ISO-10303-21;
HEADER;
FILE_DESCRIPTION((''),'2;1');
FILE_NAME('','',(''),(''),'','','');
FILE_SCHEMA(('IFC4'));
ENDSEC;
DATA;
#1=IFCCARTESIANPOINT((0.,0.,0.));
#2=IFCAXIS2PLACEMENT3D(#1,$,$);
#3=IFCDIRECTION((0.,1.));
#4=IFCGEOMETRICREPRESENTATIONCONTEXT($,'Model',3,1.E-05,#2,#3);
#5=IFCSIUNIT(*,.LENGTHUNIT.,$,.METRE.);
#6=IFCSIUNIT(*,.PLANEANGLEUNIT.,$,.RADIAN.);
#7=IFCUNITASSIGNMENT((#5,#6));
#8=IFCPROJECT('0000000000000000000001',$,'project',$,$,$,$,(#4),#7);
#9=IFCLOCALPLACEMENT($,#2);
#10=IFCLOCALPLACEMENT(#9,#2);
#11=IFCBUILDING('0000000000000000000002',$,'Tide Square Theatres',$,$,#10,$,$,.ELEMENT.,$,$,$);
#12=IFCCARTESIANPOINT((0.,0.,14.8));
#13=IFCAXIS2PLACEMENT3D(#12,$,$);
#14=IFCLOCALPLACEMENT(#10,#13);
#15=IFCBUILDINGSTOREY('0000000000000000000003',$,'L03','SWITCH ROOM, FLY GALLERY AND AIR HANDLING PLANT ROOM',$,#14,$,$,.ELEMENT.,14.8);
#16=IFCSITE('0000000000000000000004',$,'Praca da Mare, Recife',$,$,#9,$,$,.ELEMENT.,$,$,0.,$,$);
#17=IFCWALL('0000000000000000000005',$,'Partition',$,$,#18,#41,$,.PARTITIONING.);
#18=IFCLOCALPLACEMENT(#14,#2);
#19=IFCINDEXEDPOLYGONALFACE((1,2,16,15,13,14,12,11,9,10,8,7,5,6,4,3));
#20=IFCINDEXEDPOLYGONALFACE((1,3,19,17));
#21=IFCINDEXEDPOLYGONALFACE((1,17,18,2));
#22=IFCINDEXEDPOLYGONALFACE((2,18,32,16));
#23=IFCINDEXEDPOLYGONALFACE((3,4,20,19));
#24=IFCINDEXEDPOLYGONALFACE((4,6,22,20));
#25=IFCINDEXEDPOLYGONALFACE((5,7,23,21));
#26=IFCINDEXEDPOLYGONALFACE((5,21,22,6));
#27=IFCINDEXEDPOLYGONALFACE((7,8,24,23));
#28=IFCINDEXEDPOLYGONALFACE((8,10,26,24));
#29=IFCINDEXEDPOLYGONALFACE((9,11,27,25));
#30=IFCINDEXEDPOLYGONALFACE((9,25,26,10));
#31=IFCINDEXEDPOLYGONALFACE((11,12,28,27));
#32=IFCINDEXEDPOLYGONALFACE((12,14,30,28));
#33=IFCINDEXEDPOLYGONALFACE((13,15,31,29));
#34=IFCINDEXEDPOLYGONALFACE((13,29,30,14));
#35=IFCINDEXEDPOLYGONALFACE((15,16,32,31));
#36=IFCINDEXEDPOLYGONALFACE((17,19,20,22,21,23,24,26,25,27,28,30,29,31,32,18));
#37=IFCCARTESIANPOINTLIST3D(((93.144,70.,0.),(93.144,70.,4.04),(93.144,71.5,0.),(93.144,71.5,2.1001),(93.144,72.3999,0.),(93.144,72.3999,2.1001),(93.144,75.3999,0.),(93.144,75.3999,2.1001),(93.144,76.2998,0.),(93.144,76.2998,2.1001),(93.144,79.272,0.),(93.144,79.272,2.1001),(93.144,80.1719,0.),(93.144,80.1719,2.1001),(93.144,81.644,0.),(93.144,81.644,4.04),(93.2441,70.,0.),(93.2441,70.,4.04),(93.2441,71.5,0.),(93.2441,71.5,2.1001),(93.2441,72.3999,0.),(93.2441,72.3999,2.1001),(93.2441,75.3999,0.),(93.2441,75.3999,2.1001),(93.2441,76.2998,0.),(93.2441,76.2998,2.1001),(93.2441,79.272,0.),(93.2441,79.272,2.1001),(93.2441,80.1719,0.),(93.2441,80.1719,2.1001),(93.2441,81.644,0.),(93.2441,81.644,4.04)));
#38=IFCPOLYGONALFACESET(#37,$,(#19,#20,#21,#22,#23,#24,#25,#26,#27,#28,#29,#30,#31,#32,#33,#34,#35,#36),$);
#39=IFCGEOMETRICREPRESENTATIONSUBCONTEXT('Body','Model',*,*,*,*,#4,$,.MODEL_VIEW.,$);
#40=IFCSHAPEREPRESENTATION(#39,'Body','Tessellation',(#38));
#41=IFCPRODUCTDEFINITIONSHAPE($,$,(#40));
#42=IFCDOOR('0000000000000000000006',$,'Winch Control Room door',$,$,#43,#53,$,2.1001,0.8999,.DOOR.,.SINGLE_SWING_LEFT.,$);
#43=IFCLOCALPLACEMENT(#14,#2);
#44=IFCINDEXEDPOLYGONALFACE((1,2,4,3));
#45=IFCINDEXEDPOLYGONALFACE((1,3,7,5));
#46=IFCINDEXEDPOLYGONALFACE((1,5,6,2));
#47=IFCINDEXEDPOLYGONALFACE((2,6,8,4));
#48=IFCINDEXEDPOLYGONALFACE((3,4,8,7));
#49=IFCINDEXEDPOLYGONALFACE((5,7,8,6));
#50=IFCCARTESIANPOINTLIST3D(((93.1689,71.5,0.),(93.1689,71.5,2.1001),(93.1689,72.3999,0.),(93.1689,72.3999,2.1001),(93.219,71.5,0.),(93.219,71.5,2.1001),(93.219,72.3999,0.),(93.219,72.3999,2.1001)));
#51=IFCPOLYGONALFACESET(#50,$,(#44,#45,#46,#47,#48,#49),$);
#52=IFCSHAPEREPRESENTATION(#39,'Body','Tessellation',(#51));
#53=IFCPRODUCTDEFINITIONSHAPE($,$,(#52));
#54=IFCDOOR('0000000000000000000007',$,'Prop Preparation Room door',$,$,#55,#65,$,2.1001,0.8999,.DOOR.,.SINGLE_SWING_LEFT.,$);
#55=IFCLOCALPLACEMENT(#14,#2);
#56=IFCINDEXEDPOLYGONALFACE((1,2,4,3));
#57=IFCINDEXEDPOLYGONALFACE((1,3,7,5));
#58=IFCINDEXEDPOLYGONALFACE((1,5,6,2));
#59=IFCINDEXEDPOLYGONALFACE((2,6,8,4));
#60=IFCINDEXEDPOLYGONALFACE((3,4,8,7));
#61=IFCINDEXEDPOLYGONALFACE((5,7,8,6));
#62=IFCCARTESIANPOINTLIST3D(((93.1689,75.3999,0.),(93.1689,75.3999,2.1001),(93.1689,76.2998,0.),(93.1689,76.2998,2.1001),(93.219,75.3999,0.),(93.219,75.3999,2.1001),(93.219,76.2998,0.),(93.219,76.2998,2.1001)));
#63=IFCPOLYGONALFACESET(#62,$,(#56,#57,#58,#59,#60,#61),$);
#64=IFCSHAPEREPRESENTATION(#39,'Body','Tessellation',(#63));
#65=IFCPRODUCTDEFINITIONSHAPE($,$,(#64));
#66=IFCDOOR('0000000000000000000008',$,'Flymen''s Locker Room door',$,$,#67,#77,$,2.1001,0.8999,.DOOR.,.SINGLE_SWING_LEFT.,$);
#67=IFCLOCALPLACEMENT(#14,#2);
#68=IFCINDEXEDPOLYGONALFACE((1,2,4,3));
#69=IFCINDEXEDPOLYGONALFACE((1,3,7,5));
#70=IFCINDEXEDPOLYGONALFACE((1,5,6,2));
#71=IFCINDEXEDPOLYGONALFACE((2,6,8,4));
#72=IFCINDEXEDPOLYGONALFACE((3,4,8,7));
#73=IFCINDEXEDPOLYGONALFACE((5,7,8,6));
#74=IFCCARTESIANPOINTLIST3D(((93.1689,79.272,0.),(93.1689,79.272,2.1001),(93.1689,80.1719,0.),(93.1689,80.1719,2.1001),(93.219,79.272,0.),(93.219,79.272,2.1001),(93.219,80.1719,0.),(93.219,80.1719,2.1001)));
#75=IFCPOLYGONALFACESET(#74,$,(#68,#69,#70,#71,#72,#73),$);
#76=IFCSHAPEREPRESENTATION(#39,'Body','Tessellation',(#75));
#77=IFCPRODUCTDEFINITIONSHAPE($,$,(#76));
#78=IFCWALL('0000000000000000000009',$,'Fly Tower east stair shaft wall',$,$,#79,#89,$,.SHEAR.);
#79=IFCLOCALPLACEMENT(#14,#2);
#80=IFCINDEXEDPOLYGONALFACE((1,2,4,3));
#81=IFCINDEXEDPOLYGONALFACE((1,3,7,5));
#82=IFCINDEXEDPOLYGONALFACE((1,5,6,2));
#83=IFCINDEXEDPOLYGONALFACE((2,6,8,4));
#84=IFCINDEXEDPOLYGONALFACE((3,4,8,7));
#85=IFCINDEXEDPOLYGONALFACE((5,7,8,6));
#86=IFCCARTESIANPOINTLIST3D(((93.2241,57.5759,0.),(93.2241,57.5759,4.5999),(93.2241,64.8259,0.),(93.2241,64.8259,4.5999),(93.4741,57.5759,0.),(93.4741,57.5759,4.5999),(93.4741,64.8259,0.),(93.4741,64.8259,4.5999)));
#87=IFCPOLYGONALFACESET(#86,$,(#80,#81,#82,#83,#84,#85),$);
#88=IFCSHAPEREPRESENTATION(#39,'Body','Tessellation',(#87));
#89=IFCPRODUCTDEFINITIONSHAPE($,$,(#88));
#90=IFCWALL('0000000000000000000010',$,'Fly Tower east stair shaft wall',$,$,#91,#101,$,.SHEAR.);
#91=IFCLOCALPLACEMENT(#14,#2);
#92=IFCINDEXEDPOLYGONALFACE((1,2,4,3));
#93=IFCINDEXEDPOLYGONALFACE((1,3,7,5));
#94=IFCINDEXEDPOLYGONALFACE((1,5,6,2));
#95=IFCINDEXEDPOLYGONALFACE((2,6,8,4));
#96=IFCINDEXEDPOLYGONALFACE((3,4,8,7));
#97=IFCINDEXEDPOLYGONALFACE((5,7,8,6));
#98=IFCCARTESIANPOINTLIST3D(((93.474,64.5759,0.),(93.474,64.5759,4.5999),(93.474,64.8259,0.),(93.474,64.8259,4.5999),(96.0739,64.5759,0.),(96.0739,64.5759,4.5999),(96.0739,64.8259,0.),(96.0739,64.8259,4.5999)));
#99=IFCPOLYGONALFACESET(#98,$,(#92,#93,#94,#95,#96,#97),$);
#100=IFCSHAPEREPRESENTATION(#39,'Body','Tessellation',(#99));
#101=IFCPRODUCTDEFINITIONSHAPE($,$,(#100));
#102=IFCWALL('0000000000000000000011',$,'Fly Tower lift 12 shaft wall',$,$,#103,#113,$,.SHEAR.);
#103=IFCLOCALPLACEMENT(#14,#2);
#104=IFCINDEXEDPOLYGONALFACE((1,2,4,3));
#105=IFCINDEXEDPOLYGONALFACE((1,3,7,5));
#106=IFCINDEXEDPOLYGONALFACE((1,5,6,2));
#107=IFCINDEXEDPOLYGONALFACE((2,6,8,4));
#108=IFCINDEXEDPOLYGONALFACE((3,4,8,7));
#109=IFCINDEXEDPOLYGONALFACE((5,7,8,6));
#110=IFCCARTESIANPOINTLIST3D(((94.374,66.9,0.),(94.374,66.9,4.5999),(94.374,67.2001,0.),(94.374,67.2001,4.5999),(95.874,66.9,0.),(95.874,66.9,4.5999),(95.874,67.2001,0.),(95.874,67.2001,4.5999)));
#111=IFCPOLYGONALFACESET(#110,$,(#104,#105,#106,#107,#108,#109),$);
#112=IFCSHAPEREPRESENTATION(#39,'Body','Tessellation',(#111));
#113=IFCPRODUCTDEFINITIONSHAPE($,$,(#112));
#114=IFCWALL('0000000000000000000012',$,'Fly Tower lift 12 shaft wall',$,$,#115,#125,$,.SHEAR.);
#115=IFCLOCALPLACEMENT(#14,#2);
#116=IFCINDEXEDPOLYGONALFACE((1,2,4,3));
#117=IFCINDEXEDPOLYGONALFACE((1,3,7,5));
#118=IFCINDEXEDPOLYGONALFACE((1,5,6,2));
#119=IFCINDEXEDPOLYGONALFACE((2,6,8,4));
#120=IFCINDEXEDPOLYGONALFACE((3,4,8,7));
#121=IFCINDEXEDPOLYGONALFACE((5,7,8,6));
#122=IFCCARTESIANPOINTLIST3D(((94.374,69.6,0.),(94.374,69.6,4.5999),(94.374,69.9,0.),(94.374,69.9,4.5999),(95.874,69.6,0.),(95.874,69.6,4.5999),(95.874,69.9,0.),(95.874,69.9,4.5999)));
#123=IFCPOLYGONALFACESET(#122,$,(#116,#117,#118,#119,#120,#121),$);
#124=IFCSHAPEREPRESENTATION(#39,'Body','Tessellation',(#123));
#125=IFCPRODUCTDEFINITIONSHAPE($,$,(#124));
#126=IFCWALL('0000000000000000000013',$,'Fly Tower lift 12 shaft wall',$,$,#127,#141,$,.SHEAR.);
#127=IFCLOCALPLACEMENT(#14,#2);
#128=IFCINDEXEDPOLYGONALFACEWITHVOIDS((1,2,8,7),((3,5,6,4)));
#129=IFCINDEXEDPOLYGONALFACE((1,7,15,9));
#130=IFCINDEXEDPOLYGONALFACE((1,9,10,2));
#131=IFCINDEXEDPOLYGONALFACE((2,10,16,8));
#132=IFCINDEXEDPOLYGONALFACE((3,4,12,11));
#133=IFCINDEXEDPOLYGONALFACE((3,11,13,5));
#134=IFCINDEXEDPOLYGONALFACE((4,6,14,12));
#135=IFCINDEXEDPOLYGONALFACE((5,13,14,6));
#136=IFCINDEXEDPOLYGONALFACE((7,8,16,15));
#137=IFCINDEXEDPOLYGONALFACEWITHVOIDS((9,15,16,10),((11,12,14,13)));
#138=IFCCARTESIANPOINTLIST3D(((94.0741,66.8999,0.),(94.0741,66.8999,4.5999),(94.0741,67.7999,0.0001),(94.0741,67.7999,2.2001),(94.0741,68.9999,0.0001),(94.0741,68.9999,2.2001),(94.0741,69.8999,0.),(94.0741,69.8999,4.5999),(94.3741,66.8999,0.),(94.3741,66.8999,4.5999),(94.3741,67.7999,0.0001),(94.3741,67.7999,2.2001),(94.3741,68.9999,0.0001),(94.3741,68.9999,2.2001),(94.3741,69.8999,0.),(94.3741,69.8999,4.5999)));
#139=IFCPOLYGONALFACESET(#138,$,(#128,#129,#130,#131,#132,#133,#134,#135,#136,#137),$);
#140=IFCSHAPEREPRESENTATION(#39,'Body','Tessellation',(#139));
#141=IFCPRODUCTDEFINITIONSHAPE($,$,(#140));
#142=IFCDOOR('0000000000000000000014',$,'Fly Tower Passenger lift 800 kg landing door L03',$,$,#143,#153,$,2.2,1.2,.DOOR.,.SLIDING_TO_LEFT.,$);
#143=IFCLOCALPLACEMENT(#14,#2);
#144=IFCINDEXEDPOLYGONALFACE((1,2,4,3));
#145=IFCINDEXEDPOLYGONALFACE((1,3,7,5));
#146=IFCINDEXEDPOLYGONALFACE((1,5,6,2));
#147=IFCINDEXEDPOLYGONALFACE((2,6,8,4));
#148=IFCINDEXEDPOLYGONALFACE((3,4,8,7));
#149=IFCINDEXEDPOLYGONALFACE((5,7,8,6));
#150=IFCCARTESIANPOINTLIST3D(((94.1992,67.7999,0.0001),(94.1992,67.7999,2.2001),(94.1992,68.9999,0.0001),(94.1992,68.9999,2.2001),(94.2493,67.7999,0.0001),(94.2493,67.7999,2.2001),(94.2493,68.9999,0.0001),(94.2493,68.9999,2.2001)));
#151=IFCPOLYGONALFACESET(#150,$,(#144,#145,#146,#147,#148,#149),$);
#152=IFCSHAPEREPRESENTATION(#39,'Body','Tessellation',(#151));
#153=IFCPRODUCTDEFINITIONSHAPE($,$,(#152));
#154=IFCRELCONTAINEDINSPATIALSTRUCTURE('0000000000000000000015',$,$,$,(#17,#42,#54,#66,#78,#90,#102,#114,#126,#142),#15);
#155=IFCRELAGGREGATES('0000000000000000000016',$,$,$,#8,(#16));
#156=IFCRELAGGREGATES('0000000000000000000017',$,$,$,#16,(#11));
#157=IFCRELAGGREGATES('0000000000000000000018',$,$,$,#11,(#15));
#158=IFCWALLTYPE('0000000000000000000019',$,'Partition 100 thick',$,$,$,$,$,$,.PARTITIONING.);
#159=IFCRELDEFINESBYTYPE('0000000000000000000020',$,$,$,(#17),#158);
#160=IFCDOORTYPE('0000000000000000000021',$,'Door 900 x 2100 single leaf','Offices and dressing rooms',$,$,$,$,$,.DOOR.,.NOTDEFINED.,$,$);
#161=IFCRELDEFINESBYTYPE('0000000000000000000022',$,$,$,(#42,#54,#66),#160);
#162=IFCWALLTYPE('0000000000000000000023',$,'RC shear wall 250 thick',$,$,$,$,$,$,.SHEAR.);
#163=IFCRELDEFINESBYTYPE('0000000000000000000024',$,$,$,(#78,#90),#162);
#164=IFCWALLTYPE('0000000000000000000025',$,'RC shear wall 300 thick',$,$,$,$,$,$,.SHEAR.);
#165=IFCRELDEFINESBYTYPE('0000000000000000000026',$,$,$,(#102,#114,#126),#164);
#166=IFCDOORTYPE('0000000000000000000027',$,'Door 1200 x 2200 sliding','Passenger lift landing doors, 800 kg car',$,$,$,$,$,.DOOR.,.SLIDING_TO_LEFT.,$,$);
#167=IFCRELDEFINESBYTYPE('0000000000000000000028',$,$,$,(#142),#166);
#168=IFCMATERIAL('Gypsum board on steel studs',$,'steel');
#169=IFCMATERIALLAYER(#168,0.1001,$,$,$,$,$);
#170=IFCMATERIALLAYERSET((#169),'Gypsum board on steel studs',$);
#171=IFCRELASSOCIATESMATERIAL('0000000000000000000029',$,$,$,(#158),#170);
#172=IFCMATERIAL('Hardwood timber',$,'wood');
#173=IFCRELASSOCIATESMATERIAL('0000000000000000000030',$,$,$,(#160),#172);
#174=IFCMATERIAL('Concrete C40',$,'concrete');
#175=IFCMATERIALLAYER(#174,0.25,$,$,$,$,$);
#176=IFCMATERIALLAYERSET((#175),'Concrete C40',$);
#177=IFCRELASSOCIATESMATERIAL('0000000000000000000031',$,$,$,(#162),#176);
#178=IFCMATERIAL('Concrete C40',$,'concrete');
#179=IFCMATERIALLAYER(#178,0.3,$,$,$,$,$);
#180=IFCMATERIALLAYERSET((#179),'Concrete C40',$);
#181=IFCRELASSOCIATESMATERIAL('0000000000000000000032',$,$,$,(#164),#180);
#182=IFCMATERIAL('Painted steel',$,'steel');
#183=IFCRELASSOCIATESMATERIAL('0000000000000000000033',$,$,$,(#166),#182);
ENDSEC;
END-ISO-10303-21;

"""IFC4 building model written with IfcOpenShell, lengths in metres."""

from ifc_helpers import new_model, si_unit, direction, frame, frame_2d, origin, place, context, subcontext, project, spatial, rectangle, extrude, material, layer, layer_set, type_object, element, fill, save


model = new_model("IFC4")

# Units and contexts
model_context = context("Model", 3, precision=1e-05, world=origin(), true_north=direction((0.0, 1.0)))
body_context = subcontext(model_context, "Body", "Model", "MODEL_VIEW")
ifc_project = project(units=[si_unit("LENGTHUNIT", "METRE"), si_unit("PLANEANGLEUNIT", "RADIAN")], contexts=[model_context])

# Site, building, storey
site_placement = place(None, origin())
site = spatial("IfcSite", under=ifc_project, at=site_placement, Name="Praca da Mare, Recife", CompositionType="ELEMENT", RefElevation=0.0)
building_placement = place(site_placement, origin())
building = spatial("IfcBuilding", under=site, at=building_placement, Name="Tide Square Theatres", CompositionType="ELEMENT")
storey_placement = place(building_placement, frame((0.0, 0.0, 14.8)))
storey = spatial("IfcBuildingStorey", under=building, at=storey_placement, Name="L03", Description="SWITCH ROOM, FLY GALLERY AND AIR HANDLING PLANT ROOM", CompositionType="ELEMENT", Elevation=14.8)

# Wall, openings, doors
ifc_material_1 = material(Name="Gypsum board on steel studs", Category="steel")
ifc_layer_1 = layer(ifc_material_1, 0.1001)
ifc_layer_set_1 = layer_set([ifc_layer_1], Name="Gypsum board on steel studs")
wall_type_1 = type_object("IfcWallType", Name="Partition 100 thick", PredefinedType="PARTITIONING", material=ifc_layer_set_1)
wall_1_placement = place(storey_placement, frame((93.1941, 70.0, 0.0), z_axis=(0.0, 0.0, 1.0), x_axis=(0.0, 1.0, 0.0)))
wall_1 = element("IfcWall", 1, at=wall_1_placement, inside=storey, type_object=wall_type_1, Name="Partition", PredefinedType="PARTITIONING", context=body_context, shape_type="SweptSolid", body=[
    extrude(rectangle(XDim=11.644, YDim=0.1001, at=frame_2d((5.822, 0.0))), origin(), (0.0, 0.0, 1.0), 4.04),
])
opening_1_placement = place(wall_1_placement, frame((1.5, 0.0, 0.0)))
opening_1 = element("IfcOpeningElement", 2, at=opening_1_placement, cuts=wall_1, PredefinedType="OPENING", context=body_context, shape_type="SweptSolid", body=[
    extrude(rectangle(XDim=0.8999, YDim=2.1001, at=frame_2d((0.45, 1.05))), frame((0.0, 0.0601, 0.0), z_axis=(0.0, -1.0, 0.0), x_axis=(1.0, 0.0, 0.0)), (0.0, 0.0, 1.0), 0.1201),
])
opening_2_placement = place(wall_1_placement, frame((5.3999, 0.0, 0.0)))
opening_2 = element("IfcOpeningElement", 3, at=opening_2_placement, cuts=wall_1, PredefinedType="OPENING", context=body_context, shape_type="SweptSolid", body=[
    extrude(rectangle(XDim=0.8999, YDim=2.1001, at=frame_2d((0.45, 1.05))), frame((0.0, 0.0601, 0.0), z_axis=(0.0, -1.0, 0.0), x_axis=(1.0, 0.0, 0.0)), (0.0, 0.0, 1.0), 0.1201),
])
opening_3_placement = place(wall_1_placement, frame((9.272, 0.0, 0.0)))
opening_3 = element("IfcOpeningElement", 4, at=opening_3_placement, cuts=wall_1, PredefinedType="OPENING", context=body_context, shape_type="SweptSolid", body=[
    extrude(rectangle(XDim=0.8999, YDim=2.1001, at=frame_2d((0.45, 1.05))), frame((0.0, 0.0601, 0.0), z_axis=(0.0, -1.0, 0.0), x_axis=(1.0, 0.0, 0.0)), (0.0, 0.0, 1.0), 0.1201),
])
ifc_material_2 = material(Name="Hardwood timber", Category="wood")
door_type_1 = type_object("IfcDoorType", Name="Door 900 x 2100 single leaf", Description="Offices and dressing rooms", OperationType="NOTDEFINED", PredefinedType="DOOR", material=ifc_material_2)
door_1_placement = place(opening_1_placement, frame((0.8999, 0.0, 0.0), z_axis=(0.0, 0.0, 1.0), x_axis=(-1.0, 0.0, 0.0)))
door_1 = element("IfcDoor", 5, at=door_1_placement, inside=storey, type_object=door_type_1, Name="Winch Control Room door", OperationType="SINGLE_SWING_LEFT", OverallHeight=2.1001, OverallWidth=0.8999, PredefinedType="DOOR", context=body_context, shape_type="SweptSolid", body=[
    extrude(rectangle(XDim=0.8999, YDim=2.1001, at=frame_2d((0.45, 1.05))), frame((0.0, 0.0249, 0.0), z_axis=(0.0, -1.0, 0.0), x_axis=(1.0, 0.0, 0.0)), (0.0, 0.0, 1.0), 0.05),
])
fill(opening_1, door_1)
door_2_placement = place(opening_2_placement, frame((0.8999, 0.0, 0.0), z_axis=(0.0, 0.0, 1.0), x_axis=(-1.0, 0.0, 0.0)))
door_2 = element("IfcDoor", 6, at=door_2_placement, inside=storey, type_object=door_type_1, Name="Prop Preparation Room door", OperationType="SINGLE_SWING_LEFT", OverallHeight=2.1001, OverallWidth=0.8999, PredefinedType="DOOR", context=body_context, shape_type="SweptSolid", body=[
    extrude(rectangle(XDim=0.8999, YDim=2.1001, at=frame_2d((0.45, 1.05))), frame((0.0, 0.0249, 0.0), z_axis=(0.0, -1.0, 0.0), x_axis=(1.0, 0.0, 0.0)), (0.0, 0.0, 1.0), 0.05),
])
fill(opening_2, door_2)
door_3_placement = place(opening_3_placement, frame((0.8999, 0.0, 0.0), z_axis=(0.0, 0.0, 1.0), x_axis=(-1.0, 0.0, 0.0)))
door_3 = element("IfcDoor", 7, at=door_3_placement, inside=storey, type_object=door_type_1, Name="Flymen's Locker Room door", OperationType="SINGLE_SWING_LEFT", OverallHeight=2.1001, OverallWidth=0.8999, PredefinedType="DOOR", context=body_context, shape_type="SweptSolid", body=[
    extrude(rectangle(XDim=0.8999, YDim=2.1001, at=frame_2d((0.45, 1.05))), frame((0.0, 0.0249, 0.0), z_axis=(0.0, -1.0, 0.0), x_axis=(1.0, 0.0, 0.0)), (0.0, 0.0, 1.0), 0.05),
])
fill(opening_3, door_3)

# Walls
ifc_material_3 = material(Name="Concrete C40", Category="concrete")
ifc_layer_2 = layer(ifc_material_3, 0.25)
ifc_layer_set_2 = layer_set([ifc_layer_2], Name="Concrete C40")
wall_type_2 = type_object("IfcWallType", Name="RC shear wall 250 thick", PredefinedType="SHEAR", material=ifc_layer_set_2)
wall_2_placement = place(storey_placement, frame((93.3491, 64.8259, 0.0), z_axis=(0.0, 0.0, 1.0), x_axis=(0.0, -1.0, 0.0)))
element("IfcWall", 8, at=wall_2_placement, inside=storey, type_object=wall_type_2, Name="Fly Tower east stair shaft wall", PredefinedType="SHEAR", context=body_context, shape_type="SweptSolid", body=[
    extrude(rectangle(XDim=7.25, YDim=0.25, at=frame_2d((3.625, 0.0))), origin(), (0.0, 0.0, 1.0), 4.5999),
])
wall_3_placement = place(storey_placement, frame((93.4741, 64.7009, 0.0), z_axis=(0.0, 0.0, 1.0), x_axis=(1.0, 0.0, 0.0)))
element("IfcWall", 9, at=wall_3_placement, inside=storey, type_object=wall_type_2, Name="Fly Tower east stair shaft wall", PredefinedType="SHEAR", context=body_context, shape_type="SweptSolid", body=[
    extrude(rectangle(XDim=2.5999, YDim=0.25, at=frame_2d((1.2998, 0.0))), origin(), (0.0, 0.0, 1.0), 4.5999),
])
ifc_material_4 = material(Name="Concrete C40", Category="concrete")
ifc_layer_3 = layer(ifc_material_4, 0.3)
ifc_layer_set_3 = layer_set([ifc_layer_3], Name="Concrete C40")
wall_type_3 = type_object("IfcWallType", Name="RC shear wall 300 thick", PredefinedType="SHEAR", material=ifc_layer_set_3)
for number, where, z_axis, x_axis, name in (
    (10, (94.374, 67.05, 0.0), (0.0, 0.0, 1.0), (1.0, 0.0, 0.0), "Fly Tower lift 12 shaft wall"),
    (11, (95.874, 69.75, 0.0), (0.0, 0.0, 1.0), (-1.0, 0.0, 0.0), "Fly Tower lift 12 shaft wall"),
):
    element("IfcWall", number, at=place(storey_placement, frame(where, z_axis=z_axis, x_axis=x_axis)), inside=storey, type_object=wall_type_3, Name=name, PredefinedType="SHEAR", context=body_context, shape_type="SweptSolid", body=[
        extrude(rectangle(XDim=1.5, YDim=0.3, at=frame_2d((0.75, 0.0))), origin(), (0.0, 0.0, 1.0), 4.5999),
    ])

# Wall, opening, door
wall_4_placement = place(storey_placement, frame((94.2241, 66.8999, 0.0), z_axis=(0.0, 0.0, 1.0), x_axis=(0.0, 1.0, 0.0)))
wall_4 = element("IfcWall", 12, at=wall_4_placement, inside=storey, type_object=wall_type_3, Name="Fly Tower lift 12 shaft wall", PredefinedType="SHEAR", context=body_context, shape_type="SweptSolid", body=[
    extrude(rectangle(XDim=3.0, YDim=0.3, at=frame_2d((1.5, 0.0))), origin(), (0.0, 0.0, 1.0), 4.5999),
])
opening_4_placement = place(wall_4_placement, frame((0.8999, 0.0, 0.0)))
opening_4 = element("IfcOpeningElement", 13, at=opening_4_placement, cuts=wall_4, PredefinedType="OPENING", context=body_context, shape_type="SweptSolid", body=[
    extrude(rectangle(XDim=1.2, YDim=2.2, at=frame_2d((0.6001, 1.1001))), frame((0.0, 0.1599, 0.0), z_axis=(0.0, -1.0, 0.0), x_axis=(1.0, 0.0, 0.0)), (0.0, 0.0, 1.0), 0.3201),
])
ifc_material_5 = material(Name="Painted steel", Category="steel")
door_type_2 = type_object("IfcDoorType", Name="Door 1200 x 2200 sliding", Description="Passenger lift landing doors, 800 kg car", OperationType="SLIDING_TO_LEFT", PredefinedType="DOOR", material=ifc_material_5)
door_4_placement = place(opening_4_placement, origin())
door_4 = element("IfcDoor", 14, at=door_4_placement, inside=storey, type_object=door_type_2, Name="Fly Tower Passenger lift 800 kg landing door L03", OperationType="SLIDING_TO_LEFT", OverallHeight=2.2, OverallWidth=1.2, PredefinedType="DOOR", context=body_context, shape_type="SweptSolid", body=[
    extrude(rectangle(XDim=1.2, YDim=2.2, at=frame_2d((0.6001, 1.1001))), frame((0.0, 0.0249, 0.0), z_axis=(0.0, -1.0, 0.0), x_axis=(1.0, 0.0, 0.0)), (0.0, 0.0, 1.0), 0.05),
])
fill(opening_4, door_4)

save(model, "model.ifc")
